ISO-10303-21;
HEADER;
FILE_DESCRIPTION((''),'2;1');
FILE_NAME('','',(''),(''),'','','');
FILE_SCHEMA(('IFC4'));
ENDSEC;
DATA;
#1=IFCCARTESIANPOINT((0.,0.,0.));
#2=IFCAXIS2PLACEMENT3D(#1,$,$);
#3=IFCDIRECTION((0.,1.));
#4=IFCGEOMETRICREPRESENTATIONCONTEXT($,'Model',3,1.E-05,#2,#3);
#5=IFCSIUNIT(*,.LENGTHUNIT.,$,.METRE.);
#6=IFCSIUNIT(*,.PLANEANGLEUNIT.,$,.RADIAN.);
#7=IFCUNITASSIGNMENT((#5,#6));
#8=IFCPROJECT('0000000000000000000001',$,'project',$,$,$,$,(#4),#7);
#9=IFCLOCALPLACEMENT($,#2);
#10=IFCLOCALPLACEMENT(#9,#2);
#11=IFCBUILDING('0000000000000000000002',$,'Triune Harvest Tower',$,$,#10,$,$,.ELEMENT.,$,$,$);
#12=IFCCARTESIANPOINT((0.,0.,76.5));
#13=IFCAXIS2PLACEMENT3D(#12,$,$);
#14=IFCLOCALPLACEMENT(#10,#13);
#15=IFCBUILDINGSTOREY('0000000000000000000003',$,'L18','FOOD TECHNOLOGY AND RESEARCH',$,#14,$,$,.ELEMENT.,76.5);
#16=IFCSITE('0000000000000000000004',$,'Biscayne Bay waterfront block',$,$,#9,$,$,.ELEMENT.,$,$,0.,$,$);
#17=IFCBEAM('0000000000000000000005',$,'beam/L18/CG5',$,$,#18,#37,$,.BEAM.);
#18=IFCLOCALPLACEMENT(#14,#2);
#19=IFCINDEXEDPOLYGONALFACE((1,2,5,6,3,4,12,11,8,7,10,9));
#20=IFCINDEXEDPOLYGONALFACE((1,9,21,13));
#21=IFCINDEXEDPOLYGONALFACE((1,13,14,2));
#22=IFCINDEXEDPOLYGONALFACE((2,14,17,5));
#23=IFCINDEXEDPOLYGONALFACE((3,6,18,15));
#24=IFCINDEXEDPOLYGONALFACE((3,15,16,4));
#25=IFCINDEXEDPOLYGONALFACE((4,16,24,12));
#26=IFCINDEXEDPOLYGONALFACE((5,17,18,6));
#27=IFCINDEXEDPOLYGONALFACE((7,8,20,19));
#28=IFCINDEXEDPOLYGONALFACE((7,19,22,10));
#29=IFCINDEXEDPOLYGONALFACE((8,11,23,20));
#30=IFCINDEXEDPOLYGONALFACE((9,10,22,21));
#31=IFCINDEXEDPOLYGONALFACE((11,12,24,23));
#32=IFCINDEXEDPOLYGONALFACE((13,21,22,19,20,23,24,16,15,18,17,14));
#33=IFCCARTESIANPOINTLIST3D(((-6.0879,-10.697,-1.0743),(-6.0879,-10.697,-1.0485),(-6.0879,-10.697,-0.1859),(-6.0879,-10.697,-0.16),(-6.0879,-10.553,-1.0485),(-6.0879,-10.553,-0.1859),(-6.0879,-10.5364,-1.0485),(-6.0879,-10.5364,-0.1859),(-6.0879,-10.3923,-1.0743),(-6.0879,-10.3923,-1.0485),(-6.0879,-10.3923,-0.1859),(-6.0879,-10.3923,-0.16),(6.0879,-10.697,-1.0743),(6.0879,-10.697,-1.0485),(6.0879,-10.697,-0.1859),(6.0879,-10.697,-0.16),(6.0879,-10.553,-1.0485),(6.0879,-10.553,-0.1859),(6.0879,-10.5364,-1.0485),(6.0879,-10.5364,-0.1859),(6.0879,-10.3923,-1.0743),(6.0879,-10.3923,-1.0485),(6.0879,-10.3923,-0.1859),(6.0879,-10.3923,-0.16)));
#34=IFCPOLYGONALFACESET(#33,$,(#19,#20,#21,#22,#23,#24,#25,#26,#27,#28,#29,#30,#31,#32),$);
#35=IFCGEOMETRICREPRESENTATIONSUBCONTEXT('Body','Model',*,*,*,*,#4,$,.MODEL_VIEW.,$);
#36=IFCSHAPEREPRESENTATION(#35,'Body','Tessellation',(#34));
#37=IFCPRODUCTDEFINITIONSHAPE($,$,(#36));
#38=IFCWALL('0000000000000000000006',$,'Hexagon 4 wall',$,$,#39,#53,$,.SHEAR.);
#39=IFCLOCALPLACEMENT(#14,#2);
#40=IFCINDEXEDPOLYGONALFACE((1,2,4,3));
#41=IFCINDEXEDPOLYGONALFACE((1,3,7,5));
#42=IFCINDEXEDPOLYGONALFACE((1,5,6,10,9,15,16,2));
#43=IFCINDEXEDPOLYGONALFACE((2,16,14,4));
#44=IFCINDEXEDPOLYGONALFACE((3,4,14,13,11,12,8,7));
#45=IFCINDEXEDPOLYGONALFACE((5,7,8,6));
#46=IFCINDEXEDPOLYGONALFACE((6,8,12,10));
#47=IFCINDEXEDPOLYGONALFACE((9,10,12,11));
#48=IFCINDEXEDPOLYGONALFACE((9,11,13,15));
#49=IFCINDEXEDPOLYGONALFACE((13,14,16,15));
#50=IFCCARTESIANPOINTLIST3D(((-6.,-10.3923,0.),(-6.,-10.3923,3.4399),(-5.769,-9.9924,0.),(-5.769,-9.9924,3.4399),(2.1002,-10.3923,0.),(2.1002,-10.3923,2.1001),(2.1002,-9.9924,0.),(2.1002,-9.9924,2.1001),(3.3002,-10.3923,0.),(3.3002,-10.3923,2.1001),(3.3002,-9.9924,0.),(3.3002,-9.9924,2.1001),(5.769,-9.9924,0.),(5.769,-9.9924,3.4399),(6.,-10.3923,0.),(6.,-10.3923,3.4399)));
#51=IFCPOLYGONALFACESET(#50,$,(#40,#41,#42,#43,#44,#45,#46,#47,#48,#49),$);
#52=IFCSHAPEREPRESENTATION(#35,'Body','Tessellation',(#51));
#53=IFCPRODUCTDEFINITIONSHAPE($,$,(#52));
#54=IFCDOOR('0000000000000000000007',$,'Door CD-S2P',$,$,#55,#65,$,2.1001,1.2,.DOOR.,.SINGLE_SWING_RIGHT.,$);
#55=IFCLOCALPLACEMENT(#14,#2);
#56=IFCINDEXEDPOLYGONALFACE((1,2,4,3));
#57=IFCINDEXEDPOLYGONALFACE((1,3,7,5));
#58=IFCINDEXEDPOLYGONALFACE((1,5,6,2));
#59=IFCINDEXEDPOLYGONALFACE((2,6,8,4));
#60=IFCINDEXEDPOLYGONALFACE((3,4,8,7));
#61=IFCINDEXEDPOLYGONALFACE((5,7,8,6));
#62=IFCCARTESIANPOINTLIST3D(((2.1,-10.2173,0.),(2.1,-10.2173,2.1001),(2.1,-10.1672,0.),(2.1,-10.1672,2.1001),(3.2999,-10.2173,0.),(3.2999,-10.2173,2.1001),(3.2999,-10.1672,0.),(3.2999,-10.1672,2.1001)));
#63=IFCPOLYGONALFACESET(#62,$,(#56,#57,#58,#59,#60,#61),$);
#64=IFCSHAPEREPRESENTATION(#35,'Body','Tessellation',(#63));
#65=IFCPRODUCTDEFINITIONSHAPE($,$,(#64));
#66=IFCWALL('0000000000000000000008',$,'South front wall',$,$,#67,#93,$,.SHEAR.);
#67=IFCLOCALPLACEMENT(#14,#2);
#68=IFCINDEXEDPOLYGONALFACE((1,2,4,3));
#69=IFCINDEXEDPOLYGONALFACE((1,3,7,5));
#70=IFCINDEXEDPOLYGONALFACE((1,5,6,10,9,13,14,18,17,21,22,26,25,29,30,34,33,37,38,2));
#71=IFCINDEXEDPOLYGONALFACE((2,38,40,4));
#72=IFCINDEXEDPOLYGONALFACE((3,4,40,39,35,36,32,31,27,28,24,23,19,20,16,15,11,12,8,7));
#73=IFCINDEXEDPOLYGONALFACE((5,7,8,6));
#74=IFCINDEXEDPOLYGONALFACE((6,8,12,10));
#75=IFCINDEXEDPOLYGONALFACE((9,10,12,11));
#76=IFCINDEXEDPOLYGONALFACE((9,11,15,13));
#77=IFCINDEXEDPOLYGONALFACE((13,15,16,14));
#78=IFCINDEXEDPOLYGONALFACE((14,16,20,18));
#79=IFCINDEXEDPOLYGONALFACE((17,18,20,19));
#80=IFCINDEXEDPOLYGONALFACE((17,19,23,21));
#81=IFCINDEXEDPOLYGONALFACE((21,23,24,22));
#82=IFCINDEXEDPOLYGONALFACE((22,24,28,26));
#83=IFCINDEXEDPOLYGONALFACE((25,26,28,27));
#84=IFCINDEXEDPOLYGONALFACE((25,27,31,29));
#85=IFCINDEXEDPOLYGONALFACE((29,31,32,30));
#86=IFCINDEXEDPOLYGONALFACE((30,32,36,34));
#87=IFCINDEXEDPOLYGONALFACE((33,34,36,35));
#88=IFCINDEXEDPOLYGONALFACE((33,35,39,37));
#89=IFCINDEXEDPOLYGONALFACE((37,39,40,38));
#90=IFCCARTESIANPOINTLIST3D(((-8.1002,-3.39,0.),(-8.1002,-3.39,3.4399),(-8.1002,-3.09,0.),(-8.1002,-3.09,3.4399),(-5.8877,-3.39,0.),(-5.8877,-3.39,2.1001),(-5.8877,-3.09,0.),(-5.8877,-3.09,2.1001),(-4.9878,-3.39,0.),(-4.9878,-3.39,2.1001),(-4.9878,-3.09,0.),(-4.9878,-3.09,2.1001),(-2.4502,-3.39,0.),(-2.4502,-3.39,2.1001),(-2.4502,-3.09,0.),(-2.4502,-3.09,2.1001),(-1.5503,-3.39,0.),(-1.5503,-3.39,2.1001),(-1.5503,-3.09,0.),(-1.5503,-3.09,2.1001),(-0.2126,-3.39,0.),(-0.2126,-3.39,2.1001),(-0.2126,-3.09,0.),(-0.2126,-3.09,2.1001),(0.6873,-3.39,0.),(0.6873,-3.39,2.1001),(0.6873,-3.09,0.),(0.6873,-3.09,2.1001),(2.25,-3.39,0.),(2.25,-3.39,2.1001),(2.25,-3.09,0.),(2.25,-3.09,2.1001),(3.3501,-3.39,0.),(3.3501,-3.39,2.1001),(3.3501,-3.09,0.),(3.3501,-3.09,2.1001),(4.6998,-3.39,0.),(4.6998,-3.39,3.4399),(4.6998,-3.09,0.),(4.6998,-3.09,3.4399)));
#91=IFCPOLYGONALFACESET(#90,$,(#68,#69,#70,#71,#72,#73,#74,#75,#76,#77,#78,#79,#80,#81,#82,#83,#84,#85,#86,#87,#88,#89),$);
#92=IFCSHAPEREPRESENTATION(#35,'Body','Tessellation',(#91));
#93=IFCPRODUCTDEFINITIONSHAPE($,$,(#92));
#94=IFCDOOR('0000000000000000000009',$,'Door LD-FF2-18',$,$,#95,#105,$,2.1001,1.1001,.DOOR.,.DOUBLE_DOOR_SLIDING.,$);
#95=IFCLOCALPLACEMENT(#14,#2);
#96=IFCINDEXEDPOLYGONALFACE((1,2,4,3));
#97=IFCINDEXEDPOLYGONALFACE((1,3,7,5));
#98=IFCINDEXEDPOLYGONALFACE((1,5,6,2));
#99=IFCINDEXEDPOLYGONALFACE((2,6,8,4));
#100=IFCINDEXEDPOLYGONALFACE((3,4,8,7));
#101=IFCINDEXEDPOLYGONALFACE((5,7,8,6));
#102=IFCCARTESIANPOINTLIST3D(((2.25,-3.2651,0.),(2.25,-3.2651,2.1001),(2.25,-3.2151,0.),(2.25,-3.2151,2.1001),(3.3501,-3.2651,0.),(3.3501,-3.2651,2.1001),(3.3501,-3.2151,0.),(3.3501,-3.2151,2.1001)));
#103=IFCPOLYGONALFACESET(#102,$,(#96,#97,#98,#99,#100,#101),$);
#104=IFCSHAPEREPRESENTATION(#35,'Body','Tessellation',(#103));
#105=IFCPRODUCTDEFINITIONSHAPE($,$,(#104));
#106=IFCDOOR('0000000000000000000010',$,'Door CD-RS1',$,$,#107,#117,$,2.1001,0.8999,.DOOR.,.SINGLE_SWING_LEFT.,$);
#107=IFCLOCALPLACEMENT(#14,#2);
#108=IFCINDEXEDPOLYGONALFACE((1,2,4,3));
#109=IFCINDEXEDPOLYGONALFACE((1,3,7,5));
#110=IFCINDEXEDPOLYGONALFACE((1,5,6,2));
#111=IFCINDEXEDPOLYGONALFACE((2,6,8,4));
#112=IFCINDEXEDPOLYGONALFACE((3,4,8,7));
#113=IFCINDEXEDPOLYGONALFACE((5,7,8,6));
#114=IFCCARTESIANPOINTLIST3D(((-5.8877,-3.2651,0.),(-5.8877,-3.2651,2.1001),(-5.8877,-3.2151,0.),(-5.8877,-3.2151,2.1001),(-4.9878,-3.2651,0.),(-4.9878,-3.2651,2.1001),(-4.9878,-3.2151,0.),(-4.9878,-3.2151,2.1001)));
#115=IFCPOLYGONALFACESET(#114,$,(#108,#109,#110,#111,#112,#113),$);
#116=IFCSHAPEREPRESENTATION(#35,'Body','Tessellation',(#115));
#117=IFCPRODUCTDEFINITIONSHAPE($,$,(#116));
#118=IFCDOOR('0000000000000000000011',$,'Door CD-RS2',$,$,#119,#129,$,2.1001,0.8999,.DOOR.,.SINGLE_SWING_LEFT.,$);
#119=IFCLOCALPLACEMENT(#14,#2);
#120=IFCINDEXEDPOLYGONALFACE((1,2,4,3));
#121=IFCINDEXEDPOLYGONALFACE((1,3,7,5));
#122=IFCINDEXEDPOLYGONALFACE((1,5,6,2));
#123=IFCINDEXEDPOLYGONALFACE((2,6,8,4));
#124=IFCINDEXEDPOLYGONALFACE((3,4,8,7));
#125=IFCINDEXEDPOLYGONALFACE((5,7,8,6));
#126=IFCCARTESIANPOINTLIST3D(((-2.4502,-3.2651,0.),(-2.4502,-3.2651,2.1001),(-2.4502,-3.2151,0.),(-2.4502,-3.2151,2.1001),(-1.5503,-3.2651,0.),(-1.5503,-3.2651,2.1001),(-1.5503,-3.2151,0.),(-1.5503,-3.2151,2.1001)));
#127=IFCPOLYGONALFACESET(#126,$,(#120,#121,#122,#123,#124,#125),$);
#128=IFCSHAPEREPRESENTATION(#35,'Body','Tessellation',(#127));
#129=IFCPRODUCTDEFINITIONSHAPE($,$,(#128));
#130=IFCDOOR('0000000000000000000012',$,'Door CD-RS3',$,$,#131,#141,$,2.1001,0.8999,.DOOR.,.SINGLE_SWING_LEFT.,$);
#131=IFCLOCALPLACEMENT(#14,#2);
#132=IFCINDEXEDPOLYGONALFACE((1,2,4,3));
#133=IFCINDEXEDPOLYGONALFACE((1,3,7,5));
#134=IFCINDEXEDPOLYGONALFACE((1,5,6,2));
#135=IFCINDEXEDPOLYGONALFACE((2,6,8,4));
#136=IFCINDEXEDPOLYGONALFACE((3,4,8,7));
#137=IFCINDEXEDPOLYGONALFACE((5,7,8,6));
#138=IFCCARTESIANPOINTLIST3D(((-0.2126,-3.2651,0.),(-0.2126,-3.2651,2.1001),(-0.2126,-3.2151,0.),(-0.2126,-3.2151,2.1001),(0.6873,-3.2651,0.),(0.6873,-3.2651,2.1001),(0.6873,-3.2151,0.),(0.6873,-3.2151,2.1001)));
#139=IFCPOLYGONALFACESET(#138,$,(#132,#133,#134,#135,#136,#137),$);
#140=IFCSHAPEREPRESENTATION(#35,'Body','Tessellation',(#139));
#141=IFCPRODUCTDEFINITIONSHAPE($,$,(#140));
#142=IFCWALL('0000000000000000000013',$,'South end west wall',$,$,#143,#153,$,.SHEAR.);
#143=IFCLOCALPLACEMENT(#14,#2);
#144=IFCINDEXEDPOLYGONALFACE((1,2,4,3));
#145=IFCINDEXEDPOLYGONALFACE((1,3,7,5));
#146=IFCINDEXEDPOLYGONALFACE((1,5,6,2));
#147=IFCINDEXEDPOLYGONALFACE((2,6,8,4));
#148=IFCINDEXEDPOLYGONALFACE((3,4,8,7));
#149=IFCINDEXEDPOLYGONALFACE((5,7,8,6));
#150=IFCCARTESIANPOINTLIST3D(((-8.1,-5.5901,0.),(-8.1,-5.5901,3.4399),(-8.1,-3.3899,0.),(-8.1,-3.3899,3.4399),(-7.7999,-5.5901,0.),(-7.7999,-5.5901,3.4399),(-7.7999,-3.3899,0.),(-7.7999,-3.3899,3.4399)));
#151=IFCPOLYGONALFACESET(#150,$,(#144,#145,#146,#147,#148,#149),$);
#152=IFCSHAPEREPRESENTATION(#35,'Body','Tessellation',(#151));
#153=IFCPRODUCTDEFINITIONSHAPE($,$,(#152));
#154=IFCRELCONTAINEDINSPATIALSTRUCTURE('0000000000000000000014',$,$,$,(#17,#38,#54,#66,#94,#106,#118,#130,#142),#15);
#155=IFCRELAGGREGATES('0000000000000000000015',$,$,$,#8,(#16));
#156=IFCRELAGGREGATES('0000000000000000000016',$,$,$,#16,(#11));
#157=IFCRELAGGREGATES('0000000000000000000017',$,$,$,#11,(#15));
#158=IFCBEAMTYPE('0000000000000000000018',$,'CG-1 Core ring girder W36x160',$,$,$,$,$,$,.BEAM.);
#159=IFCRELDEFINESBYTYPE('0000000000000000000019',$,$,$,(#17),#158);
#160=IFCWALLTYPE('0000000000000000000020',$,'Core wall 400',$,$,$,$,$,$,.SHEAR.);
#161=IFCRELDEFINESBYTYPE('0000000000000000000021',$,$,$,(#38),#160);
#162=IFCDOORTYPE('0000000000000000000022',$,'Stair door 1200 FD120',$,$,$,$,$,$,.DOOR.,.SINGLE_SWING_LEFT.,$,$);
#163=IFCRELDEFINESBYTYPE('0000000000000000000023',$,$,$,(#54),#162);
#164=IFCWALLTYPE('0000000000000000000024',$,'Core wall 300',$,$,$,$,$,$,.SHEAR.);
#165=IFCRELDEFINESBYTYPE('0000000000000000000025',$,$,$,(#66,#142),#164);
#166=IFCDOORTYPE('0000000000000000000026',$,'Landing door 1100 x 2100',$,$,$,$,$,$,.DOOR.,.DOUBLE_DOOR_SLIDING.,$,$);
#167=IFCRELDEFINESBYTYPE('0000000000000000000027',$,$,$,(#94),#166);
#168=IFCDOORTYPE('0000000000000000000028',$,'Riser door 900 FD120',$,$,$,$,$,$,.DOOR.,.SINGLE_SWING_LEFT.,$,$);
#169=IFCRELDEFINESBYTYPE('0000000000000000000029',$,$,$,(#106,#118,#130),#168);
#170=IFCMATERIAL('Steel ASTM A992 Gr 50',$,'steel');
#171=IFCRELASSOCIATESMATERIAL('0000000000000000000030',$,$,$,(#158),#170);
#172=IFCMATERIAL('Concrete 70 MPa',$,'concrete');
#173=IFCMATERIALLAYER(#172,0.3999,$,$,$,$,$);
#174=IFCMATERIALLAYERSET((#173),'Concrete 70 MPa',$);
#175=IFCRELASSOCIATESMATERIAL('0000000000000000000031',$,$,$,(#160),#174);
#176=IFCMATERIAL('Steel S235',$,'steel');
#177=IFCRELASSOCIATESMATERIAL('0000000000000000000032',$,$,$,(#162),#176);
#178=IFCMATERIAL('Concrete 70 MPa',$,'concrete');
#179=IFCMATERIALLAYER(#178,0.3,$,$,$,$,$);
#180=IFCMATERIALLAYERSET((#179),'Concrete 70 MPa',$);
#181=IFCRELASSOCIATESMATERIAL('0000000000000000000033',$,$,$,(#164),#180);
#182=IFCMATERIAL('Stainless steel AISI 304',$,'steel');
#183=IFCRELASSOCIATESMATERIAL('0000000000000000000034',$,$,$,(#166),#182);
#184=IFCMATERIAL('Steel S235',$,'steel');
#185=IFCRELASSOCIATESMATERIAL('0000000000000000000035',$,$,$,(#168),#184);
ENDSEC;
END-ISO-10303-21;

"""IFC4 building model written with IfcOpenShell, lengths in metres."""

from ifc_helpers import new_model, si_unit, direction, frame, frame_2d, origin, origin_2d, place, context, subcontext, project, spatial, polyline, rectangle, i_section, outline, extrude, source, transform, mapped, material, layer, layer_set, material_profile, profile_set, type_object, element, fill, save


model = new_model("IFC4")

# Units and contexts
model_context = context("Model", 3, precision=1e-05, world=origin(), true_north=direction((0.0, 1.0)))
body_context = subcontext(model_context, "Body", "Model", "MODEL_VIEW")
ifc_project = project(units=[si_unit("LENGTHUNIT", "METRE"), si_unit("PLANEANGLEUNIT", "RADIAN")], contexts=[model_context])

# Site, building, storey
site_placement = place(None, origin())
site = spatial("IfcSite", under=ifc_project, at=site_placement, Name="Biscayne Bay waterfront block", CompositionType="ELEMENT", RefElevation=0.0)
building_placement = place(site_placement, origin())
building = spatial("IfcBuilding", under=site, at=building_placement, Name="Triune Harvest Tower", CompositionType="ELEMENT")
storey_placement = place(building_placement, frame((0.0, 0.0, 76.5)))
storey = spatial("IfcBuildingStorey", under=building, at=storey_placement, Name="L18", Description="FOOD TECHNOLOGY AND RESEARCH", CompositionType="ELEMENT", Elevation=76.5)

# Beam
ifc_material_1 = material(Name="Steel ASTM A992 Gr 50", Category="steel")
ifc_material_profile = material_profile(ifc_material_1, i_section(OverallWidth=0.3047, OverallDepth=0.9143, WebThickness=0.0166, FlangeThickness=0.0259, at=origin_2d()), Name="W36x160")
ifc_profile_set = profile_set([ifc_material_profile], Name="Steel ASTM A992 Gr 50")
beam_type = type_object("IfcBeamType", Name="CG-1 Core ring girder W36x160", PredefinedType="BEAM", material=ifc_profile_set)
shared_shape_1 = source(origin(), body_context, "Body", "SweptSolid", [
    extrude(i_section(OverallWidth=0.3047, OverallDepth=0.9143, WebThickness=0.0166, FlangeThickness=0.0259, at=origin_2d()), origin(), (0.0, 0.0, 1.0), 12.1758),
])
beam_placement = place(storey_placement, frame((-6.0879, -10.5447, -0.6172), z_axis=(1.0, 0.0, 0.0), x_axis=(0.0, 1.0, 0.0)))
element("IfcBeam", 1, at=beam_placement, inside=storey, type_object=beam_type, Name="beam/L18/CG5", PredefinedType="BEAM", context=body_context, shape_type="MappedRepresentation", body=[
    mapped(shared_shape_1, transform((0.0, 0.0, 0.0), scale=1.0)),
])

# Wall, opening, door
ifc_material_2 = material(Name="Concrete 70 MPa", Category="concrete")
ifc_layer_1 = layer(ifc_material_2, 0.3999)
ifc_layer_set_1 = layer_set([ifc_layer_1], Name="Concrete 70 MPa")
wall_type_1 = type_object("IfcWallType", Name="Core wall 400", PredefinedType="SHEAR", material=ifc_layer_set_1)
shared_shape_2 = source(origin(), body_context, "Body", "SweptSolid", [
    extrude(outline(polyline([(-0.1155, -0.2), (11.8845, -0.2), (11.6536, 0.2), (0.1155, 0.2), (-0.1155, -0.2)])), origin(), (0.0, 0.0, 1.0), 3.4399),
])
wall_1_placement = place(storey_placement, frame((-5.8845, -10.1924, 0.0), z_axis=(0.0, 0.0, 1.0), x_axis=(1.0, 0.0, 0.0)))
wall_1 = element("IfcWall", 2, at=wall_1_placement, inside=storey, type_object=wall_type_1, Name="Hexagon 4 wall", PredefinedType="SHEAR", context=body_context, shape_type="MappedRepresentation", body=[
    mapped(shared_shape_2, transform((0.0, 0.0, 0.0), scale=1.0)),
])
opening_1_placement = place(wall_1_placement, frame((7.9846, 0.0, 0.0)))
opening_1 = element("IfcOpeningElement", 3, at=opening_1_placement, cuts=wall_1, PredefinedType="OPENING", context=body_context, shape_type="SweptSolid", body=[
    extrude(rectangle(XDim=1.2, YDim=2.1001, at=frame_2d((0.6001, 1.05))), frame((0.0, 0.21, 0.0), z_axis=(0.0, -1.0, 0.0), x_axis=(1.0, 0.0, 0.0)), (0.0, 0.0, 1.0), 0.4199),
])
ifc_material_3 = material(Name="Steel S235", Category="steel")
door_type_1 = type_object("IfcDoorType", Name="Stair door 1200 FD120", OperationType="SINGLE_SWING_LEFT", PredefinedType="DOOR", material=ifc_material_3)
door_1_placement = place(opening_1_placement, frame((1.2, 0.0, 0.0), z_axis=(0.0, 0.0, 1.0), x_axis=(-1.0, 0.0, 0.0)))
door_1 = element("IfcDoor", 4, at=door_1_placement, inside=storey, type_object=door_type_1, Name="Door CD-S2P", OperationType="SINGLE_SWING_RIGHT", OverallHeight=2.1001, OverallWidth=1.2, PredefinedType="DOOR", context=body_context, shape_type="SweptSolid", body=[
    extrude(rectangle(XDim=1.2, YDim=2.1001, at=frame_2d((0.6001, 1.05))), frame((0.0, 0.0249, 0.0), z_axis=(0.0, -1.0, 0.0), x_axis=(1.0, 0.0, 0.0)), (0.0, 0.0, 1.0), 0.05),
])
fill(opening_1, door_1)

# Wall, openings, doors
ifc_material_4 = material(Name="Concrete 70 MPa", Category="concrete")
ifc_layer_2 = layer(ifc_material_4, 0.3)
ifc_layer_set_2 = layer_set([ifc_layer_2], Name="Concrete 70 MPa")
wall_type_2 = type_object("IfcWallType", Name="Core wall 300", PredefinedType="SHEAR", material=ifc_layer_set_2)
shared_shape_3 = source(origin(), body_context, "Body", "SweptSolid", [
    extrude(rectangle(XDim=12.8, YDim=0.3, at=frame_2d((6.3999, 0.0))), origin(), (0.0, 0.0, 1.0), 3.4399),
])
wall_2_placement = place(storey_placement, frame((-8.1001, -3.24, 0.0), z_axis=(0.0, 0.0, 1.0), x_axis=(1.0, 0.0, 0.0)))
wall_2 = element("IfcWall", 5, at=wall_2_placement, inside=storey, type_object=wall_type_2, Name="South front wall", PredefinedType="SHEAR", context=body_context, shape_type="MappedRepresentation", body=[
    mapped(shared_shape_3, transform((0.0, 0.0, 0.0), scale=1.0)),
])
opening_2_placement = place(wall_2_placement, frame((2.2124, 0.0, 0.0)))
opening_2 = element("IfcOpeningElement", 6, at=opening_2_placement, cuts=wall_2, PredefinedType="OPENING", context=body_context, shape_type="SweptSolid", body=[
    extrude(rectangle(XDim=0.8999, YDim=2.1001, at=frame_2d((0.45, 1.05))), frame((0.0, 0.1602, 0.0), z_axis=(0.0, -1.0, 0.0), x_axis=(1.0, 0.0, 0.0)), (0.0, 0.0, 1.0), 0.3201),
])
opening_3_placement = place(wall_2_placement, frame((5.6499, 0.0, 0.0)))
opening_3 = element("IfcOpeningElement", 7, at=opening_3_placement, cuts=wall_2, PredefinedType="OPENING", context=body_context, shape_type="SweptSolid", body=[
    extrude(rectangle(XDim=0.8999, YDim=2.1001, at=frame_2d((0.45, 1.05))), frame((0.0, 0.1602, 0.0), z_axis=(0.0, -1.0, 0.0), x_axis=(1.0, 0.0, 0.0)), (0.0, 0.0, 1.0), 0.3201),
])
opening_4_placement = place(wall_2_placement, frame((7.8875, 0.0, 0.0)))
opening_4 = element("IfcOpeningElement", 8, at=opening_4_placement, cuts=wall_2, PredefinedType="OPENING", context=body_context, shape_type="SweptSolid", body=[
    extrude(rectangle(XDim=0.8999, YDim=2.1001, at=frame_2d((0.45, 1.05))), frame((0.0, 0.1602, 0.0), z_axis=(0.0, -1.0, 0.0), x_axis=(1.0, 0.0, 0.0)), (0.0, 0.0, 1.0), 0.3201),
])
opening_5_placement = place(wall_2_placement, frame((10.3501, 0.0, 0.0)))
opening_5 = element("IfcOpeningElement", 9, at=opening_5_placement, cuts=wall_2, PredefinedType="OPENING", context=body_context, shape_type="SweptSolid", body=[
    extrude(rectangle(XDim=1.1001, YDim=2.1001, at=frame_2d((0.55, 1.05))), frame((0.0, 0.1602, 0.0), z_axis=(0.0, -1.0, 0.0), x_axis=(1.0, 0.0, 0.0)), (0.0, 0.0, 1.0), 0.3201),
])
ifc_material_5 = material(Name="Stainless steel AISI 304", Category="steel")
door_type_2 = type_object("IfcDoorType", Name="Landing door 1100 x 2100", OperationType="DOUBLE_DOOR_SLIDING", PredefinedType="DOOR", material=ifc_material_5)
door_2_placement = place(opening_5_placement, origin())
door_2 = element("IfcDoor", 10, at=door_2_placement, inside=storey, type_object=door_type_2, Name="Door LD-FF2-18", OperationType="DOUBLE_DOOR_SLIDING", OverallHeight=2.1001, OverallWidth=1.1001, PredefinedType="DOOR", context=body_context, shape_type="SweptSolid", body=[
    extrude(rectangle(XDim=1.1001, YDim=2.1001, at=frame_2d((0.55, 1.05))), frame((0.0, 0.0249, 0.0), z_axis=(0.0, -1.0, 0.0), x_axis=(1.0, 0.0, 0.0)), (0.0, 0.0, 1.0), 0.05),
])
fill(opening_5, door_2)
ifc_material_6 = material(Name="Steel S235", Category="steel")
door_type_3 = type_object("IfcDoorType", Name="Riser door 900 FD120", OperationType="SINGLE_SWING_LEFT", PredefinedType="DOOR", material=ifc_material_6)
door_3_placement = place(opening_2_placement, origin())
door_3 = element("IfcDoor", 11, at=door_3_placement, inside=storey, type_object=door_type_3, Name="Door CD-RS1", OperationType="SINGLE_SWING_LEFT", OverallHeight=2.1001, OverallWidth=0.8999, PredefinedType="DOOR", context=body_context, shape_type="SweptSolid", body=[
    extrude(rectangle(XDim=0.8999, YDim=2.1001, at=frame_2d((0.45, 1.05))), frame((0.0, 0.0249, 0.0), z_axis=(0.0, -1.0, 0.0), x_axis=(1.0, 0.0, 0.0)), (0.0, 0.0, 1.0), 0.05),
])
fill(opening_2, door_3)
door_4_placement = place(opening_3_placement, origin())
door_4 = element("IfcDoor", 12, at=door_4_placement, inside=storey, type_object=door_type_3, Name="Door CD-RS2", OperationType="SINGLE_SWING_LEFT", OverallHeight=2.1001, OverallWidth=0.8999, PredefinedType="DOOR", context=body_context, shape_type="SweptSolid", body=[
    extrude(rectangle(XDim=0.8999, YDim=2.1001, at=frame_2d((0.45, 1.05))), frame((0.0, 0.0249, 0.0), z_axis=(0.0, -1.0, 0.0), x_axis=(1.0, 0.0, 0.0)), (0.0, 0.0, 1.0), 0.05),
])
fill(opening_3, door_4)
door_5_placement = place(opening_4_placement, origin())
door_5 = element("IfcDoor", 13, at=door_5_placement, inside=storey, type_object=door_type_3, Name="Door CD-RS3", OperationType="SINGLE_SWING_LEFT", OverallHeight=2.1001, OverallWidth=0.8999, PredefinedType="DOOR", context=body_context, shape_type="SweptSolid", body=[
    extrude(rectangle(XDim=0.8999, YDim=2.1001, at=frame_2d((0.45, 1.05))), frame((0.0, 0.0249, 0.0), z_axis=(0.0, -1.0, 0.0), x_axis=(1.0, 0.0, 0.0)), (0.0, 0.0, 1.0), 0.05),
])
fill(opening_4, door_5)

# Wall
shared_shape_4 = source(origin(), body_context, "Body", "SweptSolid", [
    extrude(rectangle(XDim=2.2002, YDim=0.3, at=frame_2d((1.1001, 0.0))), origin(), (0.0, 0.0, 1.0), 3.4399),
])
wall_3_placement = place(storey_placement, frame((-7.95, -5.5901, 0.0), z_axis=(0.0, 0.0, 1.0), x_axis=(0.0, 1.0, 0.0)))
element("IfcWall", 14, at=wall_3_placement, inside=storey, type_object=wall_type_2, Name="South end west wall", PredefinedType="SHEAR", context=body_context, shape_type="MappedRepresentation", body=[
    mapped(shared_shape_4, transform((0.0, 0.0, 0.0), scale=1.0)),
])

save(model, "model.ifc")
